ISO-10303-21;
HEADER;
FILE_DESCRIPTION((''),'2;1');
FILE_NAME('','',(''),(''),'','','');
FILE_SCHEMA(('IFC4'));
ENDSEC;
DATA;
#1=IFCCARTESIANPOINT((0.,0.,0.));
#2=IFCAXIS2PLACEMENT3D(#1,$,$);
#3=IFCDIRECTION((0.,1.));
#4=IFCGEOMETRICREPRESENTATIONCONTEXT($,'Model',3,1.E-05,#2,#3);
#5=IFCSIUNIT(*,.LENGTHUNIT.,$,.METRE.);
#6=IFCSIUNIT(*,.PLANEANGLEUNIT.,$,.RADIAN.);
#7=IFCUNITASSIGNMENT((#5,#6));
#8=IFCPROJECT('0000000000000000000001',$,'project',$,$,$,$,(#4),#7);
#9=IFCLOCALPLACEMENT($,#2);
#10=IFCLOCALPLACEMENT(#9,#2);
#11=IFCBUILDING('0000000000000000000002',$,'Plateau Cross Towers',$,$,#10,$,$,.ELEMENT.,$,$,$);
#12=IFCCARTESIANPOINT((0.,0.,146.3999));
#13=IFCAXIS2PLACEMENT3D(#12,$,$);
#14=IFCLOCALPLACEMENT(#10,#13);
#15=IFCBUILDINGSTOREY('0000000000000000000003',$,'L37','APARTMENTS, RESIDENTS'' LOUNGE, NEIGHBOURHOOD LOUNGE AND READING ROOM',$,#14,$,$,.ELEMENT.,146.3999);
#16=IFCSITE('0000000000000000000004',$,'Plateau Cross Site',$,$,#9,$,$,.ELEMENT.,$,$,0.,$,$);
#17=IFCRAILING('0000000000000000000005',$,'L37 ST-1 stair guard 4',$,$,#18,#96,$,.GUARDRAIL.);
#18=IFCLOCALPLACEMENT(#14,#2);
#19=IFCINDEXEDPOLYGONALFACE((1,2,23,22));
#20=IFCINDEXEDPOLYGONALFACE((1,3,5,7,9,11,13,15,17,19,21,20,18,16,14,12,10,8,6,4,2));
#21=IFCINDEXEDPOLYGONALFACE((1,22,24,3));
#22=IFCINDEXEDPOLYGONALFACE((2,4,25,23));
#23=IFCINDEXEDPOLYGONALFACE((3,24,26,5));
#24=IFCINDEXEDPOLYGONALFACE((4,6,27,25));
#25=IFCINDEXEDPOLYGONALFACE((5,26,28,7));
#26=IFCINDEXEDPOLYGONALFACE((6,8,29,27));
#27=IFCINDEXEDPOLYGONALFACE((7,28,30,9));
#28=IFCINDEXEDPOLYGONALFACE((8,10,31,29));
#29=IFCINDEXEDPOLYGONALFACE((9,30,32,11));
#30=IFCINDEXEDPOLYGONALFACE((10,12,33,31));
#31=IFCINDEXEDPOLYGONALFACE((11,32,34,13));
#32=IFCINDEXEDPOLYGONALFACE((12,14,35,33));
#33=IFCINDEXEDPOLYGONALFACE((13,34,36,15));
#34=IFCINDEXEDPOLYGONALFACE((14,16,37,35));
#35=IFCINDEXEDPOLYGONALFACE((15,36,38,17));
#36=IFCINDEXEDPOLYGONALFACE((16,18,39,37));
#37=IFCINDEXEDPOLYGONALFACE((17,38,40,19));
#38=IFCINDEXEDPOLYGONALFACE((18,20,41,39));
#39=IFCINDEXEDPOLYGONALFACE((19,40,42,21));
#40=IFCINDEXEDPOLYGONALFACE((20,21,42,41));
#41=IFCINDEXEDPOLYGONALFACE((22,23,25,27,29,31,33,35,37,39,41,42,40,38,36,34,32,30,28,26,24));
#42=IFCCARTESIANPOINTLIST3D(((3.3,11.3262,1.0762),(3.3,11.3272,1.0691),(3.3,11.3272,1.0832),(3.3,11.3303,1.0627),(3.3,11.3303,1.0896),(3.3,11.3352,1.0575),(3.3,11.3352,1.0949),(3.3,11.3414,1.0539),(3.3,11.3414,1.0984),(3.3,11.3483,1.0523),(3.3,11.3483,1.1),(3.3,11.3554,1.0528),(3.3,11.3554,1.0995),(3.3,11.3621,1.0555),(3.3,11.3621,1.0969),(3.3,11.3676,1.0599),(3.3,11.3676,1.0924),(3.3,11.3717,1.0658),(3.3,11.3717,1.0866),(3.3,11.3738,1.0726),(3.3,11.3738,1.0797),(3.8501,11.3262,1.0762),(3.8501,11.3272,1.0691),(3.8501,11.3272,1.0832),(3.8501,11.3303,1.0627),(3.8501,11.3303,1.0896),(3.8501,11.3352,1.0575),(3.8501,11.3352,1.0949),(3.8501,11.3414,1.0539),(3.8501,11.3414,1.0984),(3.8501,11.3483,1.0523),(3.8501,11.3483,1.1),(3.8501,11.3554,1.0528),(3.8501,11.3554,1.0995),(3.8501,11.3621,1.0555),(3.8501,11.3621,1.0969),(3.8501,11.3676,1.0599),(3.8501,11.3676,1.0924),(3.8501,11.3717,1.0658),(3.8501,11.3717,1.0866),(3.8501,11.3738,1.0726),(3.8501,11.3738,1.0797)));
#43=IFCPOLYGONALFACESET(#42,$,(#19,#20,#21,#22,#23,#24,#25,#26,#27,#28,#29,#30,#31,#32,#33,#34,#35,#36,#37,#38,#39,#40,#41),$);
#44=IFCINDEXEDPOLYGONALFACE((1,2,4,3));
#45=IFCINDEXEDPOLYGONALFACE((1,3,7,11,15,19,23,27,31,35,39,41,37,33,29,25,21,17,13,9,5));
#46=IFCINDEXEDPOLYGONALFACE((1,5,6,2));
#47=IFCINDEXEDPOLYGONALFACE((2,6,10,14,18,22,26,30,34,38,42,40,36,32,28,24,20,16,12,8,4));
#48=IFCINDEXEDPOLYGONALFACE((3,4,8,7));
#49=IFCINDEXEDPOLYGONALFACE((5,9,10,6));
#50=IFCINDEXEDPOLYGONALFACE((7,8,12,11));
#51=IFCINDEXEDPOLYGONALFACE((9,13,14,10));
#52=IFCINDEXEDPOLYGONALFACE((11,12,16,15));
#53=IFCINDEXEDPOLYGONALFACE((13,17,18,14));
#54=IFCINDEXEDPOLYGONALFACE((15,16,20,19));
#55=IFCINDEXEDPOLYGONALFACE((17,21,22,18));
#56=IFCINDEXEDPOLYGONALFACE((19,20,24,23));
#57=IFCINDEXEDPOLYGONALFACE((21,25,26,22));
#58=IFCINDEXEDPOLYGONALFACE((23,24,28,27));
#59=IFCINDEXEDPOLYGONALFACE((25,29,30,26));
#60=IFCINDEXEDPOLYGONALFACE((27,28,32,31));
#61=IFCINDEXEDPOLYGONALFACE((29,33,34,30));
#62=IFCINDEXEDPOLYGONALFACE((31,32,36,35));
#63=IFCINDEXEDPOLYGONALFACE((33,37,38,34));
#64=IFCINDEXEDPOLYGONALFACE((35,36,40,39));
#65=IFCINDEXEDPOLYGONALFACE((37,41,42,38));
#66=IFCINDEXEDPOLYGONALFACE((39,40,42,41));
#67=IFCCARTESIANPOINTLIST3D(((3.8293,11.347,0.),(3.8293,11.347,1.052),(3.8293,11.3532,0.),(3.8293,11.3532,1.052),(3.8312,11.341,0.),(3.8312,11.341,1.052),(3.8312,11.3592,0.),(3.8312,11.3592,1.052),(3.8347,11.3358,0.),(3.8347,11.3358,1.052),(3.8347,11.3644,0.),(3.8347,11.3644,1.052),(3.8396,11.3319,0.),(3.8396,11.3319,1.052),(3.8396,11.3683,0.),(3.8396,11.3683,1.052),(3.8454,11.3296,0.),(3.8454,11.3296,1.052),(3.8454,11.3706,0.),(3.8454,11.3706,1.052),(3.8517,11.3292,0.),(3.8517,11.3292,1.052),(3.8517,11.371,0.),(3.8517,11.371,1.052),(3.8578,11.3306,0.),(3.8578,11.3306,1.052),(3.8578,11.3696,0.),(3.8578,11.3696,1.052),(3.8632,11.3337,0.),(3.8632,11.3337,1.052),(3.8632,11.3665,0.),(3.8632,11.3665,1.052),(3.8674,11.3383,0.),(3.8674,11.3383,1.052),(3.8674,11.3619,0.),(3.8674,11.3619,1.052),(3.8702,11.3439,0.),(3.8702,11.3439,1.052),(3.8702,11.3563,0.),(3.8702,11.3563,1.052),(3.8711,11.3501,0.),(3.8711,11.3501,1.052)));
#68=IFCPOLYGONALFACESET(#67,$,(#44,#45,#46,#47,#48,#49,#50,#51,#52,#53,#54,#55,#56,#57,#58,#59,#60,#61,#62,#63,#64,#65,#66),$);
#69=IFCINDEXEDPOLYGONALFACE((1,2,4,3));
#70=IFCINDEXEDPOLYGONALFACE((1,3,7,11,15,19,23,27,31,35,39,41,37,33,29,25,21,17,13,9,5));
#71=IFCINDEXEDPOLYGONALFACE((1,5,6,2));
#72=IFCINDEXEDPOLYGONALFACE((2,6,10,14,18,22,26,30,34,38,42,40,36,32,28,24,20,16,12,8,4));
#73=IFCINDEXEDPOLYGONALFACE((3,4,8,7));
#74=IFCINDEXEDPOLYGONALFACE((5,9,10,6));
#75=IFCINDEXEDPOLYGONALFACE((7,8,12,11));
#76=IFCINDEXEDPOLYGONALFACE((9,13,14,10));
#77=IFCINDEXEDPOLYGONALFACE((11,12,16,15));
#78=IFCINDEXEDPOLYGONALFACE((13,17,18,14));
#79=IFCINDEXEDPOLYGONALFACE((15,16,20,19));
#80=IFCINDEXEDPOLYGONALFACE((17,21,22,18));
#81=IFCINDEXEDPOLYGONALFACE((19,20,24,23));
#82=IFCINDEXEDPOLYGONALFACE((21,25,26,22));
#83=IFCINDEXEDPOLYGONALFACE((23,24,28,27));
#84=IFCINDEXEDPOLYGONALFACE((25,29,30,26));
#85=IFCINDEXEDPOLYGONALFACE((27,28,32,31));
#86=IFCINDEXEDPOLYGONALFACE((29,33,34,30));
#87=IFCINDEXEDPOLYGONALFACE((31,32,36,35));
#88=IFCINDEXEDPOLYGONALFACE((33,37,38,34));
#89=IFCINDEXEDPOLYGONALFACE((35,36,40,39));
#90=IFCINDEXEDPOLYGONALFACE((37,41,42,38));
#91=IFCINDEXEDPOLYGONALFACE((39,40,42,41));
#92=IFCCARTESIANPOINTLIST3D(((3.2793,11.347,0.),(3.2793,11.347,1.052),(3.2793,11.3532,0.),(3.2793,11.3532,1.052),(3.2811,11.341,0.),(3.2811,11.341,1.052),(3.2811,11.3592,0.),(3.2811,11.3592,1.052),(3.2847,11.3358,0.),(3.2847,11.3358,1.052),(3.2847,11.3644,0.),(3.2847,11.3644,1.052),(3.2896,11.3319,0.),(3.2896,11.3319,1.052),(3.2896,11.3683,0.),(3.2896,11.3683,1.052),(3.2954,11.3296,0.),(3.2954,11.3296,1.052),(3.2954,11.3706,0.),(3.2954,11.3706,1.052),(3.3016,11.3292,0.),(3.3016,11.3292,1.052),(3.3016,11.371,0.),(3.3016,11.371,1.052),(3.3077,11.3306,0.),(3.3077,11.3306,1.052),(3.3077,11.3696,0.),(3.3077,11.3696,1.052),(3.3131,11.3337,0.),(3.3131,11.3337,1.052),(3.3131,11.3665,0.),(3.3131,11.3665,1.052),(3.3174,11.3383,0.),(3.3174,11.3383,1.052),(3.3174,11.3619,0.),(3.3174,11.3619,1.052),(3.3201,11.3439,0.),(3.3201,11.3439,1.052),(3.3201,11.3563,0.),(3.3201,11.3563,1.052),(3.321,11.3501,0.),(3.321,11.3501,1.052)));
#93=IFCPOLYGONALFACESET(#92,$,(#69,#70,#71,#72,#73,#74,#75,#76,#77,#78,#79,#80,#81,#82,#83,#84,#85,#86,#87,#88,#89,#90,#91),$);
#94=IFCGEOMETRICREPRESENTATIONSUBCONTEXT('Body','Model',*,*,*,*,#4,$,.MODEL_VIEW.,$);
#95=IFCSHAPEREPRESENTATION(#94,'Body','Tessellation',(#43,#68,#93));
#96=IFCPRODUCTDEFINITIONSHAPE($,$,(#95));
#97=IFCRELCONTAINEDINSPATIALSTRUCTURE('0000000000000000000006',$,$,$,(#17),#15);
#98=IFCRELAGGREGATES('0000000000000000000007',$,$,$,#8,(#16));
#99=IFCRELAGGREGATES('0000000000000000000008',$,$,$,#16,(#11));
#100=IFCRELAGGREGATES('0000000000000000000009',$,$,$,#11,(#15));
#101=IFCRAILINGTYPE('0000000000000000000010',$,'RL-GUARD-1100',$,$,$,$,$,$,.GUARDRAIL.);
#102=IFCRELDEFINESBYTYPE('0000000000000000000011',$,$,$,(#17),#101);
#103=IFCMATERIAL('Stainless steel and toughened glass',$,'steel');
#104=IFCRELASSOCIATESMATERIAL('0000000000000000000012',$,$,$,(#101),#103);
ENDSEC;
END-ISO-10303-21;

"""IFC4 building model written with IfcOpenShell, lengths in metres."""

from ifc_helpers import new_model, si_unit, direction, frame, origin, origin_2d, place, context, subcontext, project, spatial, circle, extrude, material, type_object, element, save


model = new_model("IFC4")

# Units and contexts
model_context = context("Model", 3, precision=1e-05, world=origin(), true_north=direction((0.0, 1.0)))
body_context = subcontext(model_context, "Body", "Model", "MODEL_VIEW")
ifc_project = project(units=[si_unit("LENGTHUNIT", "METRE"), si_unit("PLANEANGLEUNIT", "RADIAN")], contexts=[model_context])

# Site, building, storey
site_placement = place(None, origin())
site = spatial("IfcSite", under=ifc_project, at=site_placement, Name="Plateau Cross Site", CompositionType="ELEMENT", RefElevation=0.0)
building_placement = place(site_placement, origin())
building = spatial("IfcBuilding", under=site, at=building_placement, Name="Plateau Cross Towers", CompositionType="ELEMENT")
storey_placement = place(building_placement, frame((0.0, 0.0, 146.3999)))
storey = spatial("IfcBuildingStorey", under=building, at=storey_placement, Name="L37", Description="APARTMENTS, RESIDENTS' LOUNGE, NEIGHBOURHOOD LOUNGE AND READING ROOM", CompositionType="ELEMENT", Elevation=146.3999)

# Railing
ifc_material_1 = material(Name="Stainless steel and toughened glass", Category="steel")
railing_type_1 = type_object("IfcRailingType", Name="RL-GUARD-1100", PredefinedType="GUARDRAIL", material=ifc_material_1)
railing_1_placement = place(storey_placement, frame((3.8501, 11.3501, 0.0)))
element("IfcRailing", 1, at=railing_1_placement, inside=storey, type_object=railing_type_1, Name="L37 ST-1 stair guard 4", PredefinedType="GUARDRAIL", context=body_context, shape_type="SweptSolid", body=[
    extrude(circle(Radius=0.0239, at=origin_2d()), frame((0.0, 0.0, 1.0762), z_axis=(-1.0, 0.0, 0.0), x_axis=(0.0, -1.0, 0.0)), (0.0, 0.0, 1.0), 0.55),
    extrude(circle(Radius=0.021, at=origin_2d()), origin(), (0.0, 0.0, 1.0), 1.052),
    extrude(circle(Radius=0.021, at=origin_2d()), frame((-0.55, 0.0, 0.0)), (0.0, 0.0, 1.0), 1.052),
])

save(model, "model.ifc")
